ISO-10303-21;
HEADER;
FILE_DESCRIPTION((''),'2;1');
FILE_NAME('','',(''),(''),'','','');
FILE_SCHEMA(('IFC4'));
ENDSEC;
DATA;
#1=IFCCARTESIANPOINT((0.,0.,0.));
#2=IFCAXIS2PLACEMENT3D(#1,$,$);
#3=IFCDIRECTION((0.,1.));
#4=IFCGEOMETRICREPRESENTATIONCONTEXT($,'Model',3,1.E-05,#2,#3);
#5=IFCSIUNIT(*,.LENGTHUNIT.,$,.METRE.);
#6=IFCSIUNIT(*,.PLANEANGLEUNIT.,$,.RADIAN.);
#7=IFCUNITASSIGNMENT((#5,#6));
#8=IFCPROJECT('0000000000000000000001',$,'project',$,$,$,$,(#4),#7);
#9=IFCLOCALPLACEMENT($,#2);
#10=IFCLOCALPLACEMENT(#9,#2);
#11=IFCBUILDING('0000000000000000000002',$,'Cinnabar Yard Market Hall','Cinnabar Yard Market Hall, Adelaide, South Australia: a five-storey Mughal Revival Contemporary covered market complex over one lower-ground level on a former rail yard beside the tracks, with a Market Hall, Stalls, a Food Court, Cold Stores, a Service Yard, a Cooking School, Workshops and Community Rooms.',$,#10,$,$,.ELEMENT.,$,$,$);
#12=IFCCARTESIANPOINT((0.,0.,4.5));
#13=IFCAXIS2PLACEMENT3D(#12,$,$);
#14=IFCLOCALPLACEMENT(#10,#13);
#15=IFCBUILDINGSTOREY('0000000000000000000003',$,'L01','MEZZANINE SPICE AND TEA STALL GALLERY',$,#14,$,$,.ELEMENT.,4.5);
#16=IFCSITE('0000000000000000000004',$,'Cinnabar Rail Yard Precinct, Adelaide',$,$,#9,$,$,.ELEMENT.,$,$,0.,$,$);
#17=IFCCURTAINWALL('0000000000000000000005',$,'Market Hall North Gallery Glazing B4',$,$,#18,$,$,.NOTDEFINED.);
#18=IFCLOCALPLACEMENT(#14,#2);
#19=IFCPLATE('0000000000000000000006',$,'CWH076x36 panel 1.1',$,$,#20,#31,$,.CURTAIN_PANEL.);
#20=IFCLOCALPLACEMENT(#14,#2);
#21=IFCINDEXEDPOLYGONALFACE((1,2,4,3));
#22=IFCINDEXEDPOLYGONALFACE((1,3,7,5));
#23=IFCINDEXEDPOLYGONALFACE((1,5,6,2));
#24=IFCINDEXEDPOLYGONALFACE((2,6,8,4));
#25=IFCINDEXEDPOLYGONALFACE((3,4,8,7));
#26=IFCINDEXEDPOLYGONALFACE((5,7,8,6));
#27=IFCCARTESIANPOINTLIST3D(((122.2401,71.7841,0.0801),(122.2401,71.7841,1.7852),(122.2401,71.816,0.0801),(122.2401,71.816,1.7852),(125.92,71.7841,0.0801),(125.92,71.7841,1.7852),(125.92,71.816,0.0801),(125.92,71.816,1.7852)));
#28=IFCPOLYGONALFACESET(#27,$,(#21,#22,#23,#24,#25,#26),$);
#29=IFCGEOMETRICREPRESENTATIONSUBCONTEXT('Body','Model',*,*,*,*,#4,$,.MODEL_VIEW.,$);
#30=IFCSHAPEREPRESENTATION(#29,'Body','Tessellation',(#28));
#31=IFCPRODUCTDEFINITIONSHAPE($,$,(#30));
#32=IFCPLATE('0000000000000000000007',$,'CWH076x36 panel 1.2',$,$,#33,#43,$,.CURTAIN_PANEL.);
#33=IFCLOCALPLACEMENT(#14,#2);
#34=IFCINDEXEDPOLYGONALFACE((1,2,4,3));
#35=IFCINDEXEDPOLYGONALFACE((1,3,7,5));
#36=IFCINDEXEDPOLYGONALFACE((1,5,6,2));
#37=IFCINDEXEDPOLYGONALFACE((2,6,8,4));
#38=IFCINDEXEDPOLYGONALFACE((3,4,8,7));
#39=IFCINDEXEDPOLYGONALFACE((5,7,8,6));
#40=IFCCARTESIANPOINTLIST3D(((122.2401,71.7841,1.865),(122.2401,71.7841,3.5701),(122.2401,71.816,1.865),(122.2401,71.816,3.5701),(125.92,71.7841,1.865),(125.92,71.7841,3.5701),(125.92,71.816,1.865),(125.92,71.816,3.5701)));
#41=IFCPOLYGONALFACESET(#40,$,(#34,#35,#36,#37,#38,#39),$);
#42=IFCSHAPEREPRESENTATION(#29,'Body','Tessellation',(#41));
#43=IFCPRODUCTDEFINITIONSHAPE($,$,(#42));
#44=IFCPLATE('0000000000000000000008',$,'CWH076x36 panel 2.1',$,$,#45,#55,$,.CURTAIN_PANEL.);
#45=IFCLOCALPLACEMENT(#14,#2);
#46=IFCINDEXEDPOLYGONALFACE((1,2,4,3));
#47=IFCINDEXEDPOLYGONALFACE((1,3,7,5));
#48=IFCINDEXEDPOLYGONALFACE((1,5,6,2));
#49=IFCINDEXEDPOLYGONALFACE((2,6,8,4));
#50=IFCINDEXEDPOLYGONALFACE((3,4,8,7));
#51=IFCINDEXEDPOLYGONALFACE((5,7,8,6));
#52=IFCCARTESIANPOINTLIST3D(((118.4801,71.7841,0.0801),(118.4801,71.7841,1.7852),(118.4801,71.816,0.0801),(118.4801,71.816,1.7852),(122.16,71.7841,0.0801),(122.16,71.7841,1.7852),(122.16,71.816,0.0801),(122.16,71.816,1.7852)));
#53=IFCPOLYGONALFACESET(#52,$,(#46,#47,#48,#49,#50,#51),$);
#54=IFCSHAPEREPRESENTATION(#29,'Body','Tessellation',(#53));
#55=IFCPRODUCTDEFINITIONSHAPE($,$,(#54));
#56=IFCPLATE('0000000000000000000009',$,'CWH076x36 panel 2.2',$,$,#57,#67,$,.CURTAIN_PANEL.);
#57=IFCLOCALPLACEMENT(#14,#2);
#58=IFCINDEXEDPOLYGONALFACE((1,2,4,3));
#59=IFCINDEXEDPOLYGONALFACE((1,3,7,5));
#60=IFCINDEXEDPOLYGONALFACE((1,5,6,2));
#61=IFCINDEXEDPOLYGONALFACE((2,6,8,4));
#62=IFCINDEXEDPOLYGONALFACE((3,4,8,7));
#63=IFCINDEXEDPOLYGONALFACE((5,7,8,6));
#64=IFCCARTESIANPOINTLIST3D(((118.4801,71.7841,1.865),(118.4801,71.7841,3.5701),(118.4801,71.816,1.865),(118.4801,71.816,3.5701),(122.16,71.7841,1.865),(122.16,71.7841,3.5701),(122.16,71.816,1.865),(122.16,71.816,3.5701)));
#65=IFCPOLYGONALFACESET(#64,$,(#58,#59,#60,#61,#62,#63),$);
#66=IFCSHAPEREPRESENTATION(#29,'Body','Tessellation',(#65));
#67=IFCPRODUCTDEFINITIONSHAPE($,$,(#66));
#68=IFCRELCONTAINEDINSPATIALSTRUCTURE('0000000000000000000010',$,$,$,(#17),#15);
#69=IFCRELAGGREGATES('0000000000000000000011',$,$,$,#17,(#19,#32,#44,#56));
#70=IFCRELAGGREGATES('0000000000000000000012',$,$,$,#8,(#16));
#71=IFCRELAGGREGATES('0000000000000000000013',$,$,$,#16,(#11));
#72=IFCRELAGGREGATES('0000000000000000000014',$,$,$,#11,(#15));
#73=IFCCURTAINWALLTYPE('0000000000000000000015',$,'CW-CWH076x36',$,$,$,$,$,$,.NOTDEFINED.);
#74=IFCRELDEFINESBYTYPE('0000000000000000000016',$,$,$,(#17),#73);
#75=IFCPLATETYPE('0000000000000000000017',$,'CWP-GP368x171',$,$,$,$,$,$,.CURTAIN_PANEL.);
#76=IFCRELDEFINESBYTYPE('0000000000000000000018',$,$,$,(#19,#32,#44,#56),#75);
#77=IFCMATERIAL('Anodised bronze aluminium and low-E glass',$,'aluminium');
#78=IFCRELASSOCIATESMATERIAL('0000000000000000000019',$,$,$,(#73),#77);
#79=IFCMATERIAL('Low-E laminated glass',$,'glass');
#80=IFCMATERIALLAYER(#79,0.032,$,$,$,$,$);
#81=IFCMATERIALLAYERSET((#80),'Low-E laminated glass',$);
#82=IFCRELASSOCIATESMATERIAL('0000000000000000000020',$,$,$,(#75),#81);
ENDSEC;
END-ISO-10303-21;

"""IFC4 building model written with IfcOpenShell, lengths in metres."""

from ifc_helpers import new_model, si_unit, direction, frame, origin, origin_2d_with_axis, place, context, subcontext, project, spatial, rectangle, extrude, material, layer, layer_set, type_object, element, aggregate, save


model = new_model("IFC4")

# Units and contexts
model_context = context("Model", 3, precision=1e-05, world=origin(), true_north=direction((0.0, 1.0)))
body_context = subcontext(model_context, "Body", "Model", "MODEL_VIEW")
ifc_project = project(units=[si_unit("LENGTHUNIT", "METRE"), si_unit("PLANEANGLEUNIT", "RADIAN")], contexts=[model_context])

# Site, building, storey
site_placement = place(None, origin())
site = spatial("IfcSite", under=ifc_project, at=site_placement, Name="Cinnabar Rail Yard Precinct, Adelaide", CompositionType="ELEMENT", RefElevation=0.0)
building_placement = place(site_placement, origin())
building = spatial("IfcBuilding", under=site, at=building_placement, Name="Cinnabar Yard Market Hall", Description="Cinnabar Yard Market Hall, Adelaide, South Australia: a five-storey Mughal Revival Contemporary covered market complex over one lower-ground level on a former rail yard beside the tracks, with a Market Hall, Stalls, a Food Court, Cold Stores, a Service Yard, a Cooking School, Workshops and Community Rooms.", CompositionType="ELEMENT")
storey_placement = place(building_placement, frame((0.0, 0.0, 4.5)))
storey = spatial("IfcBuildingStorey", under=building, at=storey_placement, Name="L01", Description="MEZZANINE SPICE AND TEA STALL GALLERY", CompositionType="ELEMENT", Elevation=4.5)

# Shared definitions
ifc_material_1 = material(Name="Anodised bronze aluminium and low-E glass", Category="aluminium")

# Curtain wall
curtain_wall_type_1 = type_object("IfcCurtainWallType", Name="CW-CWH076x36", PredefinedType="NOTDEFINED", material=ifc_material_1)
curtain_wall_1_placement = place(storey_placement, origin())
curtain_wall_1 = element("IfcCurtainWall", 1, at=curtain_wall_1_placement, inside=storey, type_object=curtain_wall_type_1, Name="Market Hall North Gallery Glazing B4", PredefinedType="NOTDEFINED")

# Plates
ifc_material_2 = material(Name="Low-E laminated glass", Category="glass")
ifc_layer_1 = layer(ifc_material_2, 0.032)
ifc_layer_set_1 = layer_set([ifc_layer_1], Name="Low-E laminated glass")
plate_type_1 = type_object("IfcPlateType", Name="CWP-GP368x171", PredefinedType="CURTAIN_PANEL", material=ifc_layer_set_1)
plate_1_placement = place(storey_placement, frame((124.0801, 71.8, 0.0801), z_axis=(0.0, 0.0, 1.0), x_axis=(-1.0, 0.0, 0.0)))
plate_1 = element("IfcPlate", 2, at=plate_1_placement, type_object=plate_type_1, Name="CWH076x36 panel 1.1", PredefinedType="CURTAIN_PANEL", context=body_context, shape_type="SweptSolid", body=[
    extrude(rectangle(XDim=3.6799, YDim=0.032, at=origin_2d_with_axis()), origin(), (0.0, 0.0, 1.0), 1.7051),
])
plate_2_placement = place(storey_placement, frame((124.0801, 71.8, 1.865), z_axis=(0.0, 0.0, 1.0), x_axis=(-1.0, 0.0, 0.0)))
plate_2 = element("IfcPlate", 3, at=plate_2_placement, type_object=plate_type_1, Name="CWH076x36 panel 1.2", PredefinedType="CURTAIN_PANEL", context=body_context, shape_type="SweptSolid", body=[
    extrude(rectangle(XDim=3.6799, YDim=0.032, at=origin_2d_with_axis()), origin(), (0.0, 0.0, 1.0), 1.7051),
])
plate_3_placement = place(storey_placement, frame((120.3201, 71.8, 0.0801), z_axis=(0.0, 0.0, 1.0), x_axis=(-1.0, 0.0, 0.0)))
plate_3 = element("IfcPlate", 4, at=plate_3_placement, type_object=plate_type_1, Name="CWH076x36 panel 2.1", PredefinedType="CURTAIN_PANEL", context=body_context, shape_type="SweptSolid", body=[
    extrude(rectangle(XDim=3.6799, YDim=0.032, at=origin_2d_with_axis()), origin(), (0.0, 0.0, 1.0), 1.7051),
])
plate_4_placement = place(storey_placement, frame((120.3201, 71.8, 1.865), z_axis=(0.0, 0.0, 1.0), x_axis=(-1.0, 0.0, 0.0)))
plate_4 = element("IfcPlate", 5, at=plate_4_placement, type_object=plate_type_1, Name="CWH076x36 panel 2.2", PredefinedType="CURTAIN_PANEL", context=body_context, shape_type="SweptSolid", body=[
    extrude(rectangle(XDim=3.6799, YDim=0.032, at=origin_2d_with_axis()), origin(), (0.0, 0.0, 1.0), 1.7051),
])
aggregate(curtain_wall_1, [plate_1, plate_2, plate_3, plate_4])

save(model, "model.ifc")
